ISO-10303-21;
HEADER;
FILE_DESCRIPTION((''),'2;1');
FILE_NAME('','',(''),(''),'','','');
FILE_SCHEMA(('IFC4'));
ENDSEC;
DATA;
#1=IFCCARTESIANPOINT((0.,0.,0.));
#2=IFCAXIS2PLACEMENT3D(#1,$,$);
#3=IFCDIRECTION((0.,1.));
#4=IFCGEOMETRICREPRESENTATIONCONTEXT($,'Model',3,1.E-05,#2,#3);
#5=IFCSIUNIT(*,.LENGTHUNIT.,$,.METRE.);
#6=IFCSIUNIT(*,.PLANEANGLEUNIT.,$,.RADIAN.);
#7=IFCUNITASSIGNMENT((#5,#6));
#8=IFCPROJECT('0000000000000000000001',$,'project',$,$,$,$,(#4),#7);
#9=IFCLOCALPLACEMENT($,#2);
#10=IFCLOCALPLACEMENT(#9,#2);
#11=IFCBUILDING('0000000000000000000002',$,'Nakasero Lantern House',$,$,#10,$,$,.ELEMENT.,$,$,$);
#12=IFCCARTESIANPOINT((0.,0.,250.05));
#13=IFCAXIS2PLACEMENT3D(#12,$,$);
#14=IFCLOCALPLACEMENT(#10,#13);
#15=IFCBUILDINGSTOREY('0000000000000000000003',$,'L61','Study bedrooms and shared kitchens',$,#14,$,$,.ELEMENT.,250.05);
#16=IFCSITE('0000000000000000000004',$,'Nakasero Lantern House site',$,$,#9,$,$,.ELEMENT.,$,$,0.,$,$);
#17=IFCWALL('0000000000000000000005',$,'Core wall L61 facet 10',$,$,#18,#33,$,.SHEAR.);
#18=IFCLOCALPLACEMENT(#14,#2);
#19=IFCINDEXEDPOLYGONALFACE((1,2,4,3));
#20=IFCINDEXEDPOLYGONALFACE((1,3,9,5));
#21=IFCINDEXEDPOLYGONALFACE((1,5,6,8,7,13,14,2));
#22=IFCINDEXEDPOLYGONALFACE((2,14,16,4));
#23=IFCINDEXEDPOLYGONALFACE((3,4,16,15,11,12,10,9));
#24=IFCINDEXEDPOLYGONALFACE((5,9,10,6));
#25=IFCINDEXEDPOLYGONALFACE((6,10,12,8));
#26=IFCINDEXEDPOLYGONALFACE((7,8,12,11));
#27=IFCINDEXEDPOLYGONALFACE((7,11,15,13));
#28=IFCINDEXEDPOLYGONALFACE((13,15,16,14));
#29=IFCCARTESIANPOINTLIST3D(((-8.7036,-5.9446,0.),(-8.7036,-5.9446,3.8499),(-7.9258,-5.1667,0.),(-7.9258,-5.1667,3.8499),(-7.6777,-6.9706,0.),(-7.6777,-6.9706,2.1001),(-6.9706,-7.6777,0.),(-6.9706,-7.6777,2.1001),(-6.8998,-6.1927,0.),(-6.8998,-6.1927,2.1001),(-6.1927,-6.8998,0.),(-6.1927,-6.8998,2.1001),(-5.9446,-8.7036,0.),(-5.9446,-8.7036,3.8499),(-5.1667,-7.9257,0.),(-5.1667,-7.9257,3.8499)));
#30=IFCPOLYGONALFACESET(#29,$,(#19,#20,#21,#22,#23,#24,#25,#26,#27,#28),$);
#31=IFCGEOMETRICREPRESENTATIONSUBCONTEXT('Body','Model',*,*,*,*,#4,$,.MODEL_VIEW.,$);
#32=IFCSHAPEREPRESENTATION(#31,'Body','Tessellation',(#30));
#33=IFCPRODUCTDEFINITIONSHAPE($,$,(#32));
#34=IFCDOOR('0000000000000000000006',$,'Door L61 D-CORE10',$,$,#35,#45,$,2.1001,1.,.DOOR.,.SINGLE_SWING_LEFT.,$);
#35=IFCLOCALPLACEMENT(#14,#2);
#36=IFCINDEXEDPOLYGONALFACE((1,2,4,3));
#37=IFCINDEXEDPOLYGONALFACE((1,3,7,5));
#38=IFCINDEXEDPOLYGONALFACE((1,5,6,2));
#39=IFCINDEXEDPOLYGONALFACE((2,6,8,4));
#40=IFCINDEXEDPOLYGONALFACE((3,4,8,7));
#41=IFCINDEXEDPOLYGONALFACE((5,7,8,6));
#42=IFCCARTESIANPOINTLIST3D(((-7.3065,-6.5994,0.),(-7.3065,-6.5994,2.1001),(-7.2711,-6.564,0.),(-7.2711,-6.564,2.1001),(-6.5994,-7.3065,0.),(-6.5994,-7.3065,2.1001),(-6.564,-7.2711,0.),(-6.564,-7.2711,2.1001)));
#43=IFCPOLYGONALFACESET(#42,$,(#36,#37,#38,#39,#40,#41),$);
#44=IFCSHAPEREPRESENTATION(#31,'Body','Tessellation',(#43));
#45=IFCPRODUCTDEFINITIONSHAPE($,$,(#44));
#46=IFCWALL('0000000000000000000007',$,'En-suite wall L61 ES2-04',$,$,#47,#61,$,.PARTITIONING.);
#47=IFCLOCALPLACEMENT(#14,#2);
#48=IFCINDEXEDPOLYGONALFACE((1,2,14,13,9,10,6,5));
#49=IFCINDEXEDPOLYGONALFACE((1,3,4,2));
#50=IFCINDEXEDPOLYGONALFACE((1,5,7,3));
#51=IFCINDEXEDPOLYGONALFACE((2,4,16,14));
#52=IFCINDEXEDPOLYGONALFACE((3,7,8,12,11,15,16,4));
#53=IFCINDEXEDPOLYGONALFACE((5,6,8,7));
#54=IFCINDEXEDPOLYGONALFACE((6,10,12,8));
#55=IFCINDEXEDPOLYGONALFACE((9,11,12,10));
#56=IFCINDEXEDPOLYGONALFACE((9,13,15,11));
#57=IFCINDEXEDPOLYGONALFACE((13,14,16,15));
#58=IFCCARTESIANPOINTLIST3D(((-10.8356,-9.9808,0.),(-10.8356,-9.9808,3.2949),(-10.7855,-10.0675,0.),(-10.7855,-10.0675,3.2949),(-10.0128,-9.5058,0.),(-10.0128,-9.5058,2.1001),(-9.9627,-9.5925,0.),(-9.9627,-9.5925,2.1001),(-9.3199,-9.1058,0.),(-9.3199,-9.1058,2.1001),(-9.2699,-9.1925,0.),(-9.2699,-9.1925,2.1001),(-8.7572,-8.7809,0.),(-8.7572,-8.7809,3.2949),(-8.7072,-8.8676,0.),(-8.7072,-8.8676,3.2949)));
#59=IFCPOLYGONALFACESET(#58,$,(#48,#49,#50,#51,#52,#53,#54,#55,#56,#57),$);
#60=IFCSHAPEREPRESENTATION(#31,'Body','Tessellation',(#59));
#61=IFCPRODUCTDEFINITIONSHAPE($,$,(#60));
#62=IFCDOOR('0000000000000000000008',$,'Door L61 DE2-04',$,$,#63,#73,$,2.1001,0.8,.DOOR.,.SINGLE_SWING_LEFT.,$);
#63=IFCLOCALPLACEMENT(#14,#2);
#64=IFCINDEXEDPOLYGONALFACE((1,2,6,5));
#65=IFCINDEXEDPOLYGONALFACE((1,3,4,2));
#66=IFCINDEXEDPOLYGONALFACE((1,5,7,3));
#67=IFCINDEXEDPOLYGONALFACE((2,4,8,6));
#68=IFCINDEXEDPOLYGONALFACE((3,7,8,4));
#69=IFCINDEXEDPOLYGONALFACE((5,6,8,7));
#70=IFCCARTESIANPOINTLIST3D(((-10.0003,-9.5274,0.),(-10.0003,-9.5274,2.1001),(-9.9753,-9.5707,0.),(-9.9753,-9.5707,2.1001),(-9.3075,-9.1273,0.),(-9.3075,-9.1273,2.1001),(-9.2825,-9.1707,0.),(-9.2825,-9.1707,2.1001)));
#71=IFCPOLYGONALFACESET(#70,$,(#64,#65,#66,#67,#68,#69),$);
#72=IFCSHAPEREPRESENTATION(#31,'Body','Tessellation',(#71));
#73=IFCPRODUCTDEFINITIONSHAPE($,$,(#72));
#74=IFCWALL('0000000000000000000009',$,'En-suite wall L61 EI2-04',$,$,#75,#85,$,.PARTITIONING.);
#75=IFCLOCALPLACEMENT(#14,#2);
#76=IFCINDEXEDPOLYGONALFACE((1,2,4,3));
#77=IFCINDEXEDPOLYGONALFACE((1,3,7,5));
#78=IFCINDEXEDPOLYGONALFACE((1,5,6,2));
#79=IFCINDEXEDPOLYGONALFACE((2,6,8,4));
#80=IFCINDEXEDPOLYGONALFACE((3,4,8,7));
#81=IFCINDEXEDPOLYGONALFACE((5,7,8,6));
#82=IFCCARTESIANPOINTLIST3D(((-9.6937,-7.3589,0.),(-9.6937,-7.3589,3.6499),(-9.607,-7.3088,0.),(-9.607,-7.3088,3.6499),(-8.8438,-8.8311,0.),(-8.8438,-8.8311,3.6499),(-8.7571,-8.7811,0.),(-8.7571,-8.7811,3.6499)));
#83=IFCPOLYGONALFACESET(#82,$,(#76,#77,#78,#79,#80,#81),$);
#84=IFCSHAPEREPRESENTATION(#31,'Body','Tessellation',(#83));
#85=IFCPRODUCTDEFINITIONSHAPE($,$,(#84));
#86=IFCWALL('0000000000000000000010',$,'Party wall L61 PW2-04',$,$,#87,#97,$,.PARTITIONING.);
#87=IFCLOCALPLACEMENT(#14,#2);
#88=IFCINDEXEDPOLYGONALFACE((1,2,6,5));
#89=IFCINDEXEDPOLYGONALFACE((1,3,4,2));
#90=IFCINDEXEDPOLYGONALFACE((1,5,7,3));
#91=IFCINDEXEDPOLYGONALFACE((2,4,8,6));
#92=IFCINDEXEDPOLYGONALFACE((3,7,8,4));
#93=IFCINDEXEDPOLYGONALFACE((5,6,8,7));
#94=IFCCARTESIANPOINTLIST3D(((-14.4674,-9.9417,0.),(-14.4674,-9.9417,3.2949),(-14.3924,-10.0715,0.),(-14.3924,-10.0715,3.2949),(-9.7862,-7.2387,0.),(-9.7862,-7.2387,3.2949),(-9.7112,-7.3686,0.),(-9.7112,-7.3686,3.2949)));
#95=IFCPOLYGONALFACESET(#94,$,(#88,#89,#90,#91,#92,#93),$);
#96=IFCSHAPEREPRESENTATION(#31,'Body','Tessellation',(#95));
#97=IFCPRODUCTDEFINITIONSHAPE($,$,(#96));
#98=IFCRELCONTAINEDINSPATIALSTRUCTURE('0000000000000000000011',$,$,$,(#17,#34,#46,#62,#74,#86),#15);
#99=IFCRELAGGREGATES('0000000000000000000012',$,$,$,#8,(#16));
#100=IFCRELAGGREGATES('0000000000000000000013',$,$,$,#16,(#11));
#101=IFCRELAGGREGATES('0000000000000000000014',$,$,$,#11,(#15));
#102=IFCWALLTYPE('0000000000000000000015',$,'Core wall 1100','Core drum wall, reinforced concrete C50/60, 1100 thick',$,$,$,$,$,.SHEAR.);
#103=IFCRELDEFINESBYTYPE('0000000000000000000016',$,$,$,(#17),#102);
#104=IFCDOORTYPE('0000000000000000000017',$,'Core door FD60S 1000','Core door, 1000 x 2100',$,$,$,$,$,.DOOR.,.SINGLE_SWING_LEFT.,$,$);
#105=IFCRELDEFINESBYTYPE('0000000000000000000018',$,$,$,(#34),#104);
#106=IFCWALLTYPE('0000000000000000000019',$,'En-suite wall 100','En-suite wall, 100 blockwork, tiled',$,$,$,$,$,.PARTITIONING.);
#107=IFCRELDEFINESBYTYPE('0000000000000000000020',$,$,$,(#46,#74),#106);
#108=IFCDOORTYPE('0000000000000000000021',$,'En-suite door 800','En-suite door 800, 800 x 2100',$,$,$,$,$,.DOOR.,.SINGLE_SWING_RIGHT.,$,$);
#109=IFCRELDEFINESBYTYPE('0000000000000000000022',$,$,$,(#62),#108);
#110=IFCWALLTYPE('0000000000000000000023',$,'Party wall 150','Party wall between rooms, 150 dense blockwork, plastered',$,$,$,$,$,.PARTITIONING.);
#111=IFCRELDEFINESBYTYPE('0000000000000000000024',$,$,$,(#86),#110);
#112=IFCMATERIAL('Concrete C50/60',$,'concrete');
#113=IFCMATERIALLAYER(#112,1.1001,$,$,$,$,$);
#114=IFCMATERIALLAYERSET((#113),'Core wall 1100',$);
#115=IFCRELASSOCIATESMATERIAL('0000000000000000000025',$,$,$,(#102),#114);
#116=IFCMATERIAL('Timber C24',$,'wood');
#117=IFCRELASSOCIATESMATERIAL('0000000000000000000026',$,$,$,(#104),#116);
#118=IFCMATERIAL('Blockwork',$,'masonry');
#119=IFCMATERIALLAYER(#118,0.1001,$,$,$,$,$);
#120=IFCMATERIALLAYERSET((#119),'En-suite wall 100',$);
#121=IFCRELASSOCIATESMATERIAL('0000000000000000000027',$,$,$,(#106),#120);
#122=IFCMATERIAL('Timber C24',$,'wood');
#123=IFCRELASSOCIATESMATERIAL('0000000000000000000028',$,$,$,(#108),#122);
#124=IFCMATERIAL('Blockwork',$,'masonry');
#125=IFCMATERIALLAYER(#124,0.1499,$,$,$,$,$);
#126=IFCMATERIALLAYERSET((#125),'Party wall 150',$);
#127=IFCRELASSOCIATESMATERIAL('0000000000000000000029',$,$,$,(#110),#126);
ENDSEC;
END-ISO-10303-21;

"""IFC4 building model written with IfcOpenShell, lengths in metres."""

from ifc_helpers import new_model, si_unit, direction, frame, frame_2d, origin, place, context, subcontext, project, spatial, rectangle, extrude, material, layer, layer_set, type_object, element, fill, save


model = new_model("IFC4")

# Units and contexts
model_context = context("Model", 3, precision=1e-05, world=origin(), true_north=direction((0.0, 1.0)))
body_context = subcontext(model_context, "Body", "Model", "MODEL_VIEW")
ifc_project = project(units=[si_unit("LENGTHUNIT", "METRE"), si_unit("PLANEANGLEUNIT", "RADIAN")], contexts=[model_context])

# Site, building, storey
site_placement = place(None, origin())
site = spatial("IfcSite", under=ifc_project, at=site_placement, Name="Nakasero Lantern House site", CompositionType="ELEMENT", RefElevation=0.0)
building_placement = place(site_placement, origin())
building = spatial("IfcBuilding", under=site, at=building_placement, Name="Nakasero Lantern House", CompositionType="ELEMENT")
storey_placement = place(building_placement, frame((0.0, 0.0, 250.05)))
storey = spatial("IfcBuildingStorey", under=building, at=storey_placement, Name="L61", Description="Study bedrooms and shared kitchens", CompositionType="ELEMENT", Elevation=250.05)

# Shared definitions
ifc_material_1 = material(Name="Concrete C50/60", Category="concrete")
ifc_layer_1 = layer(ifc_material_1, 1.1001)
ifc_layer_set_1 = layer_set([ifc_layer_1], Name="Core wall 1100")
wall_type_1 = type_object("IfcWallType", Name="Core wall 1100", Description="Core drum wall, reinforced concrete C50/60, 1100 thick", PredefinedType="SHEAR", material=ifc_layer_set_1)

# Walls, openings, doors
wall_1_placement = place(storey_placement, frame((-8.3147, -5.5557, 0.0), z_axis=(0.0, 0.0, 1.0), x_axis=(0.707107, -0.707107, 0.0)))
wall_1 = element("IfcWall", 1, at=wall_1_placement, inside=storey, type_object=wall_type_1, Name="Core wall L61 facet 10", PredefinedType="SHEAR", context=body_context, shape_type="SweptSolid", body=[
    extrude(rectangle(XDim=3.9019, YDim=1.1001, at=frame_2d((1.9509, 0.0))), origin(), (0.0, 0.0, 1.0), 3.8499),
])
opening_1_placement = place(wall_1_placement, frame((1.4509, 0.0, 0.0)))
opening_1 = element("IfcOpeningElement", 2, at=opening_1_placement, cuts=wall_1, PredefinedType="OPENING", context=body_context, shape_type="SweptSolid", body=[
    extrude(rectangle(XDim=1.0, YDim=2.1001, at=frame_2d((0.5, 1.05))), frame((0.0, 0.5701, 0.0), z_axis=(0.0, -1.0, 0.0), x_axis=(1.0, 0.0, 0.0)), (0.0, 0.0, 1.0), 1.1401),
])
ifc_material_2 = material(Name="Timber C24", Category="wood")
door_type_1 = type_object("IfcDoorType", Name="Core door FD60S 1000", Description="Core door, 1000 x 2100", OperationType="SINGLE_SWING_LEFT", PredefinedType="DOOR", material=ifc_material_2)
door_1_placement = place(opening_1_placement, origin())
door_1 = element("IfcDoor", 3, at=door_1_placement, inside=storey, type_object=door_type_1, Name="Door L61 D-CORE10", OperationType="SINGLE_SWING_LEFT", OverallHeight=2.1001, OverallWidth=1.0, PredefinedType="DOOR", context=body_context, shape_type="SweptSolid", body=[
    extrude(rectangle(XDim=1.0, YDim=2.1001, at=frame_2d((0.5, 1.05))), frame((0.0, 0.0249, 0.0), z_axis=(0.0, -1.0, 0.0), x_axis=(1.0, 0.0, 0.0)), (0.0, 0.0, 1.0), 0.05),
])
fill(opening_1, door_1)
ifc_material_3 = material(Name="Blockwork", Category="masonry")
ifc_layer_2 = layer(ifc_material_3, 0.1001)
ifc_layer_set_2 = layer_set([ifc_layer_2], Name="En-suite wall 100")
wall_type_2 = type_object("IfcWallType", Name="En-suite wall 100", Description="En-suite wall, 100 blockwork, tiled", PredefinedType="PARTITIONING", material=ifc_layer_set_2)
wall_2_placement = place(storey_placement, frame((-8.7322, -8.8242, 0.0), z_axis=(0.0, 0.0, 1.0), x_axis=(-0.866025, -0.500001, 0.0)))
wall_2 = element("IfcWall", 4, at=wall_2_placement, inside=storey, type_object=wall_type_2, Name="En-suite wall L61 ES2-04", PredefinedType="PARTITIONING", context=body_context, shape_type="SweptSolid", body=[
    extrude(rectangle(XDim=2.3999, YDim=0.1001, at=frame_2d((1.2, 0.0))), origin(), (0.0, 0.0, 1.0), 3.2949),
])
opening_2_placement = place(wall_2_placement, frame((0.6499, 0.0, 0.0)))
opening_2 = element("IfcOpeningElement", 5, at=opening_2_placement, cuts=wall_2, PredefinedType="OPENING", context=body_context, shape_type="SweptSolid", body=[
    extrude(rectangle(XDim=0.8, YDim=2.1001, at=frame_2d((0.3999, 1.05))), frame((0.0, 0.0701, 0.0), z_axis=(0.0, -1.0, 0.0), x_axis=(1.0, 0.0, 0.0)), (0.0, 0.0, 1.0), 0.1401),
])
ifc_material_4 = material(Name="Timber C24", Category="wood")
door_type_2 = type_object("IfcDoorType", Name="En-suite door 800", Description="En-suite door 800, 800 x 2100", OperationType="SINGLE_SWING_RIGHT", PredefinedType="DOOR", material=ifc_material_4)
door_2_placement = place(opening_2_placement, origin())
door_2 = element("IfcDoor", 6, at=door_2_placement, inside=storey, type_object=door_type_2, Name="Door L61 DE2-04", OperationType="SINGLE_SWING_LEFT", OverallHeight=2.1001, OverallWidth=0.8, PredefinedType="DOOR", context=body_context, shape_type="SweptSolid", body=[
    extrude(rectangle(XDim=0.8, YDim=2.1001, at=frame_2d((0.3999, 1.05))), frame((0.0, 0.0249, 0.0), z_axis=(0.0, -1.0, 0.0), x_axis=(1.0, 0.0, 0.0)), (0.0, 0.0, 1.0), 0.05),
])
fill(opening_2, door_2)

# Walls
wall_3_placement = place(storey_placement, frame((-9.6504, -7.3337, 0.0), z_axis=(0.0, 0.0, 1.0), x_axis=(0.499955, -0.866052, 0.0)))
element("IfcWall", 7, at=wall_3_placement, inside=storey, type_object=wall_type_2, Name="En-suite wall L61 EI2-04", PredefinedType="PARTITIONING", context=body_context, shape_type="SweptSolid", body=[
    extrude(rectangle(XDim=1.7, YDim=0.1001, at=frame_2d((0.8501, 0.0))), origin(), (0.0, 0.0, 1.0), 3.6499),
])
ifc_material_5 = material(Name="Blockwork", Category="masonry")
ifc_layer_3 = layer(ifc_material_5, 0.1499)
ifc_layer_set_3 = layer_set([ifc_layer_3], Name="Party wall 150")
wall_type_3 = type_object("IfcWallType", Name="Party wall 150", Description="Party wall between rooms, 150 dense blockwork, plastered", PredefinedType="PARTITIONING", material=ifc_layer_set_3)
wall_4_placement = place(storey_placement, frame((-9.7488, -7.3037, 0.0), z_axis=(0.0, 0.0, 1.0), x_axis=(-0.866008, -0.50003, 0.0)))
element("IfcWall", 8, at=wall_4_placement, inside=storey, type_object=wall_type_3, Name="Party wall L61 PW2-04", PredefinedType="PARTITIONING", context=body_context, shape_type="SweptSolid", body=[
    extrude(rectangle(XDim=5.4055, YDim=0.1499, at=frame_2d((2.7026, 0.0))), origin(), (0.0, 0.0, 1.0), 3.2949),
])

save(model, "model.ifc")
